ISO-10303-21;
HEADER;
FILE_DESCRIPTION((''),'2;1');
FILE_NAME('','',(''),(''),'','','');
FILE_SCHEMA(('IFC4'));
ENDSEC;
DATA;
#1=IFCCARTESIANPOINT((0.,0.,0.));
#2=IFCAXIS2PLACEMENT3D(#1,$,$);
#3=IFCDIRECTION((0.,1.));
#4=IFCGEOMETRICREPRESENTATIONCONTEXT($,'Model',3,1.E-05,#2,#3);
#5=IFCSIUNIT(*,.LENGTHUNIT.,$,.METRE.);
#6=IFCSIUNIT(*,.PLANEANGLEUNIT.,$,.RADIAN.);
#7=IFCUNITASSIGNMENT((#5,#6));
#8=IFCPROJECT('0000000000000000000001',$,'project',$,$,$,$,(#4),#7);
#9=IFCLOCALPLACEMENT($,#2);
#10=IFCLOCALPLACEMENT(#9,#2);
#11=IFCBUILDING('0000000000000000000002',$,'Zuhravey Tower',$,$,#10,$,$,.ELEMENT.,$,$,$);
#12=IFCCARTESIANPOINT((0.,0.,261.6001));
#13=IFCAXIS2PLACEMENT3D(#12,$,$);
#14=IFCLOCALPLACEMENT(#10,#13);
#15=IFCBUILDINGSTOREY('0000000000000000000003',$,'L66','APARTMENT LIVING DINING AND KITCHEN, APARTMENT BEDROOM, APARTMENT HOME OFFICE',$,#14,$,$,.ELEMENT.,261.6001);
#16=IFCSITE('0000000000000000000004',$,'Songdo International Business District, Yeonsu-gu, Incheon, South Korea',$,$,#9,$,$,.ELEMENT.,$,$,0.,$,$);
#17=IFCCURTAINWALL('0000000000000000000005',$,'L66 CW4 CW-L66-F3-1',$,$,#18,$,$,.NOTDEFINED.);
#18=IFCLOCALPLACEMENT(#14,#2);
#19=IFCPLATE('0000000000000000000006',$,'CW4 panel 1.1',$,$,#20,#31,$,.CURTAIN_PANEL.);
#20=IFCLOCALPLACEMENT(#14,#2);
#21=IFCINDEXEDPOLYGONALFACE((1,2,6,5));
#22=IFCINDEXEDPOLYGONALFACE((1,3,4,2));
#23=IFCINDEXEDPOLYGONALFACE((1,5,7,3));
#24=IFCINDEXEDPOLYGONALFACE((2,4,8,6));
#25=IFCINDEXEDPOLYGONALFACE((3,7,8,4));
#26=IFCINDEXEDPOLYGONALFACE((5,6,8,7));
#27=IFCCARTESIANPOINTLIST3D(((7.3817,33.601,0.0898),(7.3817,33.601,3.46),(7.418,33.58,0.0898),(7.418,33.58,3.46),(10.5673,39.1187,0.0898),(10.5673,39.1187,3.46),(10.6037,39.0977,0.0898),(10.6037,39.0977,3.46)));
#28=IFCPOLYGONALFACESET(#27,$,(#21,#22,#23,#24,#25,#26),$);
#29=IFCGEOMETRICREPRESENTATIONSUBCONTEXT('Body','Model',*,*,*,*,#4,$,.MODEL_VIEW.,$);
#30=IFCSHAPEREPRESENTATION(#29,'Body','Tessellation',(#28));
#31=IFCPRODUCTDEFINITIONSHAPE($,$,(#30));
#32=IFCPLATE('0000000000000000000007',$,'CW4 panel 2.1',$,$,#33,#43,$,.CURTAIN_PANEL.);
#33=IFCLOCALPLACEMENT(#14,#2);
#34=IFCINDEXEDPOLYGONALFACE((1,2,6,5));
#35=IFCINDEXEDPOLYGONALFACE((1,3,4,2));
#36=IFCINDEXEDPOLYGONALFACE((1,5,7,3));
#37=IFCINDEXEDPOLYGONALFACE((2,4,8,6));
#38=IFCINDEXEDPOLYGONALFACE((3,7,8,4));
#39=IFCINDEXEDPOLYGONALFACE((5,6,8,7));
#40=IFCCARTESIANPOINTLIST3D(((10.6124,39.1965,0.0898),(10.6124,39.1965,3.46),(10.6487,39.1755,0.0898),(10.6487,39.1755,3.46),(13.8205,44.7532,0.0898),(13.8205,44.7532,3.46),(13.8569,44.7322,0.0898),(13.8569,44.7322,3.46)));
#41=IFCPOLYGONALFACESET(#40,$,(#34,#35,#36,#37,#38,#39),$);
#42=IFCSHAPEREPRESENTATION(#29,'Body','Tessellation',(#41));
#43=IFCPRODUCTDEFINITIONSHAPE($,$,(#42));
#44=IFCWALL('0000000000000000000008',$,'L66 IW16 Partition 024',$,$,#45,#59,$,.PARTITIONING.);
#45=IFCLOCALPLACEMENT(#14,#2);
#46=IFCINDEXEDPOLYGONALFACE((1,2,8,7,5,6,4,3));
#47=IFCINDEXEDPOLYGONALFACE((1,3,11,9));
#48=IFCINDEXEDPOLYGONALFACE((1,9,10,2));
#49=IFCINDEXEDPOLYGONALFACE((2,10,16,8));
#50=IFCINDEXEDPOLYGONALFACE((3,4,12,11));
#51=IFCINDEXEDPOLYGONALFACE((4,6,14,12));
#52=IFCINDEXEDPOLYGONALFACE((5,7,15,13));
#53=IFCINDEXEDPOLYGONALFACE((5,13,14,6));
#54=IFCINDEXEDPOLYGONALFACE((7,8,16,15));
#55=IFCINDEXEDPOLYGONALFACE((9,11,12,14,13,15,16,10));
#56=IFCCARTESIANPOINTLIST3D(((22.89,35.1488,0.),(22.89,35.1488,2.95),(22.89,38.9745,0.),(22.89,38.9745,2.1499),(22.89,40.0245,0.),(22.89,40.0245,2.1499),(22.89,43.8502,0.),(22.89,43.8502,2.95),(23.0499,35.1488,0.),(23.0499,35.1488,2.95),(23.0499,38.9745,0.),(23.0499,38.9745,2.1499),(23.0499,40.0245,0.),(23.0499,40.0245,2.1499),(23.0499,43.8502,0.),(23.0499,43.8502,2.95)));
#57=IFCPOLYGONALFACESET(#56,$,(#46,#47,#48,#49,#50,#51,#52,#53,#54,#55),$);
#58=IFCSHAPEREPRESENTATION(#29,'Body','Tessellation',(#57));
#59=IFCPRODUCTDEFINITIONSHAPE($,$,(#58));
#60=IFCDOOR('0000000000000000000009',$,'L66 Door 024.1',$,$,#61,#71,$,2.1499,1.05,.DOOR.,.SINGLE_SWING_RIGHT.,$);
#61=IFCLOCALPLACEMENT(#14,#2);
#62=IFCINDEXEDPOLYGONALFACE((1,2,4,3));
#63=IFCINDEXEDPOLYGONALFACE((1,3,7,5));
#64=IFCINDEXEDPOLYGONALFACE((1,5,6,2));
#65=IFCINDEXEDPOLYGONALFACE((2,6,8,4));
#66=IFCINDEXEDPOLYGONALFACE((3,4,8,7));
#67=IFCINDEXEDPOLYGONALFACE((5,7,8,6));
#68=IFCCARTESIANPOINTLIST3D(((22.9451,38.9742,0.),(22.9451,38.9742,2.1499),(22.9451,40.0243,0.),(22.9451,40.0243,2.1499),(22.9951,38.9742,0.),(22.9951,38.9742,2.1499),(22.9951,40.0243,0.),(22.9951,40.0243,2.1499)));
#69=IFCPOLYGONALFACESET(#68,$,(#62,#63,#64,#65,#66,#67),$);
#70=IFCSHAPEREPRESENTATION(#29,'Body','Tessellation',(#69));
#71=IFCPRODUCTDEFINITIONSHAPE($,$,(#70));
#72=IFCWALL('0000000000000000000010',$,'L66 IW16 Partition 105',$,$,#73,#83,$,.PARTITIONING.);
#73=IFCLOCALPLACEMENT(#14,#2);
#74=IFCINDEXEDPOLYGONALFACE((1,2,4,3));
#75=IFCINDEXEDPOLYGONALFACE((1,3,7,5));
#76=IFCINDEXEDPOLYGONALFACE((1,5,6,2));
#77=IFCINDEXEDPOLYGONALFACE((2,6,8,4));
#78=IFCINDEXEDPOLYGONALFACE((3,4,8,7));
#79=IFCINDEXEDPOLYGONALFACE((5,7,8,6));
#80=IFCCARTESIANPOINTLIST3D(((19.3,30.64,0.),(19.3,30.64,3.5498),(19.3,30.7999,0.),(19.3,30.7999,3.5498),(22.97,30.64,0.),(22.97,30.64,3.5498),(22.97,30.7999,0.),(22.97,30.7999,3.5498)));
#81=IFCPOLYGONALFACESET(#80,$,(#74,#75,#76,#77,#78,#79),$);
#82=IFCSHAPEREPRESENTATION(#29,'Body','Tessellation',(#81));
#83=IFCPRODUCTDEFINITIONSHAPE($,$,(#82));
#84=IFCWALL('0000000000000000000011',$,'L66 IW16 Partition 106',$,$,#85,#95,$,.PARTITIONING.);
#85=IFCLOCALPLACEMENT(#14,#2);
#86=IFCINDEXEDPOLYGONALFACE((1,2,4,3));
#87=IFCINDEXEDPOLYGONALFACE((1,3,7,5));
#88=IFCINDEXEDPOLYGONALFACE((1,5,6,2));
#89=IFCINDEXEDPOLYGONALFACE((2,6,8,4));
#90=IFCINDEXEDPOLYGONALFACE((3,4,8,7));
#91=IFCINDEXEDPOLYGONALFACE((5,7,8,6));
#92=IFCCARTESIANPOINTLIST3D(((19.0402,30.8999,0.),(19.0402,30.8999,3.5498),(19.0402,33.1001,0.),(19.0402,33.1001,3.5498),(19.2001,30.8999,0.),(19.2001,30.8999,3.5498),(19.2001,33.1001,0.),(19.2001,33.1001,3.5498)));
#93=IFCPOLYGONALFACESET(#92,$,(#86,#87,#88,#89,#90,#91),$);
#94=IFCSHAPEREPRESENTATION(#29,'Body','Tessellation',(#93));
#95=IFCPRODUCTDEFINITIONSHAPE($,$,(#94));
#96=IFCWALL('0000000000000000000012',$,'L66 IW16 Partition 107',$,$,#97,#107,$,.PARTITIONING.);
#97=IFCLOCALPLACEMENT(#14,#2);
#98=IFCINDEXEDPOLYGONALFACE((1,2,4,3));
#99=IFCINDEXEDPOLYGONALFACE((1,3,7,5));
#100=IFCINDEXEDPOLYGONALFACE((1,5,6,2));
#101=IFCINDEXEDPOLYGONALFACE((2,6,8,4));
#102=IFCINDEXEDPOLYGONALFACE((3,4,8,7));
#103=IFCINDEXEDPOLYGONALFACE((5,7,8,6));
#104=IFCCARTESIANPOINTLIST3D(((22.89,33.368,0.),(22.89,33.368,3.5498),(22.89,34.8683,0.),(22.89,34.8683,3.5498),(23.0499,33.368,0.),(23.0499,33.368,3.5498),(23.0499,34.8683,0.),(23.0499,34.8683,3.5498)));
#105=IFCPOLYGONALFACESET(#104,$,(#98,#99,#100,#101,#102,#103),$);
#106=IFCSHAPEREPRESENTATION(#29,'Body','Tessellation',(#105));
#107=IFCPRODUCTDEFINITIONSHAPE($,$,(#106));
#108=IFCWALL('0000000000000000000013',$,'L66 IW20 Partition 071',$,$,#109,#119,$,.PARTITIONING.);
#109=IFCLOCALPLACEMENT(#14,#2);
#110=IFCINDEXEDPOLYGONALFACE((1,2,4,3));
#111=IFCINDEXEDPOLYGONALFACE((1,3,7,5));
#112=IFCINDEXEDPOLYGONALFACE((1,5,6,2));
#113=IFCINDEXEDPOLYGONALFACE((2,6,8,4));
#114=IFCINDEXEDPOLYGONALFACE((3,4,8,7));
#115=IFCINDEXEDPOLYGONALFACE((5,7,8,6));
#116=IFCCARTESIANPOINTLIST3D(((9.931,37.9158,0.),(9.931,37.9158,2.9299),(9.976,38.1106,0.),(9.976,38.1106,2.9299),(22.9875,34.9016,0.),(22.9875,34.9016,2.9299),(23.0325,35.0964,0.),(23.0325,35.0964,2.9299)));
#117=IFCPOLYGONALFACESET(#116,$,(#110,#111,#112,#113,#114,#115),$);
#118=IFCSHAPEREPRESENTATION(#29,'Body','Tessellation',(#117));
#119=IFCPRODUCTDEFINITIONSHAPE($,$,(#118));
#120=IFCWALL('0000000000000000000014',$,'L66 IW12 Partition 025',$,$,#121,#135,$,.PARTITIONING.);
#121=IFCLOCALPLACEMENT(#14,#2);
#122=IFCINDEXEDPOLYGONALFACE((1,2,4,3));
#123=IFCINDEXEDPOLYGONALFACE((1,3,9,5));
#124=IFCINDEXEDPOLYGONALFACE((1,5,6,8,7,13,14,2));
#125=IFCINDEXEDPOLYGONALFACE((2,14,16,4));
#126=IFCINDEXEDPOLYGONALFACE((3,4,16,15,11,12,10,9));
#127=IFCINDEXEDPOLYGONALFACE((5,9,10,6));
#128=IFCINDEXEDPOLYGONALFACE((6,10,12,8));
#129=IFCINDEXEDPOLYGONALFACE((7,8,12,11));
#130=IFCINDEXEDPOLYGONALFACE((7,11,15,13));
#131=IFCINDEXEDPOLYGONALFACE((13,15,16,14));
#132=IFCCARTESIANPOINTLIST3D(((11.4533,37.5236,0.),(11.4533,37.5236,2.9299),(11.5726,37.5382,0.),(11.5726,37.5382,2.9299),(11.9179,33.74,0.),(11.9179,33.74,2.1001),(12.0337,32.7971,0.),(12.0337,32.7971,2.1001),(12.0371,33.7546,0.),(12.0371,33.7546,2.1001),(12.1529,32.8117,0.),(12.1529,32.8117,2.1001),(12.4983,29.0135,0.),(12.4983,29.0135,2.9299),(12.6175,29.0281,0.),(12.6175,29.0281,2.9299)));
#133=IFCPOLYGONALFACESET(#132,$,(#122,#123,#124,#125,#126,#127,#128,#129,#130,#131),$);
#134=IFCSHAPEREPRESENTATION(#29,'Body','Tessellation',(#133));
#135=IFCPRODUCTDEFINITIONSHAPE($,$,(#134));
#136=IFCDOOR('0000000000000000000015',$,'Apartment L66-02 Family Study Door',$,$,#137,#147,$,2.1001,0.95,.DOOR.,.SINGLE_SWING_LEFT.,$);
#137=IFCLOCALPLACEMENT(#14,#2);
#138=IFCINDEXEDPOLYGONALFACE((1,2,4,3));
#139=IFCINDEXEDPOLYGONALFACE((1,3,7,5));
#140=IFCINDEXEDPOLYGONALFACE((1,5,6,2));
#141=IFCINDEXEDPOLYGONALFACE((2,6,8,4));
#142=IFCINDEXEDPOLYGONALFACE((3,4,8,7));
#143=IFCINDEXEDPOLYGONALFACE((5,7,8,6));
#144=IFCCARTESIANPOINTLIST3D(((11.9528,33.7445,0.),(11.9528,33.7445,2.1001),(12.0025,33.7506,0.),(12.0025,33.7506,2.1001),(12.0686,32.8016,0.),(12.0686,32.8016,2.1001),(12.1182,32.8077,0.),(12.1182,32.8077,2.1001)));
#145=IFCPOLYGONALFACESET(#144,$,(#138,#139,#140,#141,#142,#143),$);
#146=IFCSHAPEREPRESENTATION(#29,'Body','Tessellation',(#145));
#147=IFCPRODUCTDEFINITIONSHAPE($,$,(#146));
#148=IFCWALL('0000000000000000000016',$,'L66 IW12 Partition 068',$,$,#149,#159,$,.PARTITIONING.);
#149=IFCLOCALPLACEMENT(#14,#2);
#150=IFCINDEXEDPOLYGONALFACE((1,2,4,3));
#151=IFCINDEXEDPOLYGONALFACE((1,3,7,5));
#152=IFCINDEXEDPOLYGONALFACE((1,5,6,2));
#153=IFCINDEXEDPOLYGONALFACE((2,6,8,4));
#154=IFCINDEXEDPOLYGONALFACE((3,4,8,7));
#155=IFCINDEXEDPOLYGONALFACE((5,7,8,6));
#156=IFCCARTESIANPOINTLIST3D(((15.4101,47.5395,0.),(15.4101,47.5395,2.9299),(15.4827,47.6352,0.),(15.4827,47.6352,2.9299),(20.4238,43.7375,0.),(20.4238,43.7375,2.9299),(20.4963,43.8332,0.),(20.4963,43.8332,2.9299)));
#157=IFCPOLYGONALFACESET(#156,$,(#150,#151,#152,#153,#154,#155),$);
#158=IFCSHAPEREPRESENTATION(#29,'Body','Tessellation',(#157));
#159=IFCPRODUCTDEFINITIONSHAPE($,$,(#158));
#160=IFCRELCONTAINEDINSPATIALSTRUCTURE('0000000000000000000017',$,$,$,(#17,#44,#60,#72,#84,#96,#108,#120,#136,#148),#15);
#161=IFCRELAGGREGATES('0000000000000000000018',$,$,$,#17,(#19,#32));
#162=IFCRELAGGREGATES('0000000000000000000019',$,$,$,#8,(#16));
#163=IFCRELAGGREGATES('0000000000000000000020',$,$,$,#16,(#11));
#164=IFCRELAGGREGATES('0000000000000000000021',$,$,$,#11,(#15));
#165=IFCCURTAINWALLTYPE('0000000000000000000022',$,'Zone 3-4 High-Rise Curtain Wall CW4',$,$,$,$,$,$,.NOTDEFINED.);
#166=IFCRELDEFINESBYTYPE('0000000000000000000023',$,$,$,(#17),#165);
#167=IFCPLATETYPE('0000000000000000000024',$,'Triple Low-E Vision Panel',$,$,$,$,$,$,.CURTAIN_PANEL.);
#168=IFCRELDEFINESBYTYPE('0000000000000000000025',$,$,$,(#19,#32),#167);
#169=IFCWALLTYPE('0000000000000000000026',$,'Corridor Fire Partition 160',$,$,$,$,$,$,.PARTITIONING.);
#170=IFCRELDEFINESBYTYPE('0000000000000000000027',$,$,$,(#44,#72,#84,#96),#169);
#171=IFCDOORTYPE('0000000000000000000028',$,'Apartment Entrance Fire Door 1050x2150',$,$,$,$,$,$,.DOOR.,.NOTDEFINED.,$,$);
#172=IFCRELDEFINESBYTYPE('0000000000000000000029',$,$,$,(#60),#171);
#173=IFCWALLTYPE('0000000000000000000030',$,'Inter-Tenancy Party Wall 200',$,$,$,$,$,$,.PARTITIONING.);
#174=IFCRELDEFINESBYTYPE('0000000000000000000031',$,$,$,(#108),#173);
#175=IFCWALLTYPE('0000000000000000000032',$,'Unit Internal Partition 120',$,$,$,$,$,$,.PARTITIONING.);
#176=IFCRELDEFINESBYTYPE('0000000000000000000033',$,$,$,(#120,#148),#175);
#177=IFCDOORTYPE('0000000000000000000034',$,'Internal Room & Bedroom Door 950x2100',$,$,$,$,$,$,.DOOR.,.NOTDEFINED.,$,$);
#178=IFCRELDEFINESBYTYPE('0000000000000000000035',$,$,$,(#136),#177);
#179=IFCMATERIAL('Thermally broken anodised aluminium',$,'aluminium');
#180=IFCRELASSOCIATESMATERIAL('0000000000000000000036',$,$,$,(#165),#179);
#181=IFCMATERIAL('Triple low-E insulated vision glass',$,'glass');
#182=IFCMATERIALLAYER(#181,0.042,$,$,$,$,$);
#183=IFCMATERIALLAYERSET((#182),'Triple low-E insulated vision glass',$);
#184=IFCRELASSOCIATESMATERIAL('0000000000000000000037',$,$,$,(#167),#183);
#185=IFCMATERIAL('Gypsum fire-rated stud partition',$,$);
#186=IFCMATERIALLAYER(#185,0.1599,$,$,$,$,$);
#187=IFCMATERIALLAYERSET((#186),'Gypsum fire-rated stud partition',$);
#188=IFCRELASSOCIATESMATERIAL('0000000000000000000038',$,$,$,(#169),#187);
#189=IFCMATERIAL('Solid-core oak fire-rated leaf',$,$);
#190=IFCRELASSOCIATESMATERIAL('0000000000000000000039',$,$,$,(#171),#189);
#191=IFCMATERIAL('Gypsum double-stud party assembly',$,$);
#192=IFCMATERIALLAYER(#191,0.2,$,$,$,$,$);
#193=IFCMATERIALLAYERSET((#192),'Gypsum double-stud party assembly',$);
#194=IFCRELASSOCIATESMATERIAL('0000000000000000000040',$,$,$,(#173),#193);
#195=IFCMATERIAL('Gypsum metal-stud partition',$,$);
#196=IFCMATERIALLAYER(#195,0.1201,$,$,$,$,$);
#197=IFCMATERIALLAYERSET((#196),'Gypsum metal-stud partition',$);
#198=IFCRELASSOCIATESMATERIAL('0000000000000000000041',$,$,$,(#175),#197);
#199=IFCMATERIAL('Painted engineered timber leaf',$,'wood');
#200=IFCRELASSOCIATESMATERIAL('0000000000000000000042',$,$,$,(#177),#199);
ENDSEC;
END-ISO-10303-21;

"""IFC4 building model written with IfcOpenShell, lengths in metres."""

from ifc_helpers import new_model, si_unit, direction, frame, frame_2d, origin, origin_2d, place, context, subcontext, project, spatial, rectangle, extrude, material, layer, layer_set, type_object, element, fill, aggregate, save


model = new_model("IFC4")

# Units and contexts
model_context = context("Model", 3, precision=1e-05, world=origin(), true_north=direction((0.0, 1.0)))
body_context = subcontext(model_context, "Body", "Model", "MODEL_VIEW")
ifc_project = project(units=[si_unit("LENGTHUNIT", "METRE"), si_unit("PLANEANGLEUNIT", "RADIAN")], contexts=[model_context])

# Site, building, storey
site_placement = place(None, origin())
site = spatial("IfcSite", under=ifc_project, at=site_placement, Name="Songdo International Business District, Yeonsu-gu, Incheon, South Korea", CompositionType="ELEMENT", RefElevation=0.0)
building_placement = place(site_placement, origin())
building = spatial("IfcBuilding", under=site, at=building_placement, Name="Zuhravey Tower", CompositionType="ELEMENT")
storey_placement = place(building_placement, frame((0.0, 0.0, 261.6001)))
storey = spatial("IfcBuildingStorey", under=building, at=storey_placement, Name="L66", Description="APARTMENT LIVING DINING AND KITCHEN, APARTMENT BEDROOM, APARTMENT HOME OFFICE", CompositionType="ELEMENT", Elevation=261.6001)

# Shared definitions
ifc_material_1 = material(Name="Thermally broken anodised aluminium", Category="aluminium")
curtain_wall_type = type_object("IfcCurtainWallType", Name="Zone 3-4 High-Rise Curtain Wall CW4", PredefinedType="NOTDEFINED", material=ifc_material_1)

# Curtain wall
curtain_wall_1_placement = place(storey_placement, origin())
curtain_wall_1 = element("IfcCurtainWall", 1, at=curtain_wall_1_placement, inside=storey, type_object=curtain_wall_type, Name="L66 CW4 CW-L66-F3-1", PredefinedType="NOTDEFINED")

# Plates
ifc_material_2 = material(Name="Triple low-E insulated vision glass", Category="glass")
ifc_layer_1 = layer(ifc_material_2, 0.042)
ifc_layer_set_1 = layer_set([ifc_layer_1], Name="Triple low-E insulated vision glass")
plate_type_1 = type_object("IfcPlateType", Name="Triple Low-E Vision Panel", PredefinedType="CURTAIN_PANEL", material=ifc_layer_set_1)
plate_1_placement = place(storey_placement, frame((8.9927, 36.3494, 0.0898), z_axis=(0.0, 0.0, 1.0), x_axis=(0.500001, 0.866025, 0.0)))
plate_1 = element("IfcPlate", 2, at=plate_1_placement, type_object=plate_type_1, Name="CW4 panel 1.1", PredefinedType="CURTAIN_PANEL", context=body_context, shape_type="SweptSolid", body=[
    extrude(rectangle(XDim=6.3713, YDim=0.042, at=origin_2d()), origin(), (0.0, 0.0, 1.0), 3.3701),
])
plate_2_placement = place(storey_placement, frame((12.2346, 41.9644, 0.0898), z_axis=(0.0, 0.0, 1.0), x_axis=(0.500001, 0.866025, 0.0)))
plate_2 = element("IfcPlate", 3, at=plate_2_placement, type_object=plate_type_1, Name="CW4 panel 2.1", PredefinedType="CURTAIN_PANEL", context=body_context, shape_type="SweptSolid", body=[
    extrude(rectangle(XDim=6.4163, YDim=0.042, at=origin_2d()), origin(), (0.0, 0.0, 1.0), 3.3701),
])
aggregate(curtain_wall_1, [plate_1, plate_2])

# Wall, opening, door
ifc_material_3 = material(Name="Gypsum fire-rated stud partition")
ifc_layer_2 = layer(ifc_material_3, 0.1599)
ifc_layer_set_2 = layer_set([ifc_layer_2], Name="Gypsum fire-rated stud partition")
wall_type_1 = type_object("IfcWallType", Name="Corridor Fire Partition 160", PredefinedType="PARTITIONING", material=ifc_layer_set_2)
wall_1_placement = place(storey_placement, frame((22.97, 43.8501, 0.0), z_axis=(0.0, 0.0, 1.0), x_axis=(0.0, -1.0, 0.0)))
wall_1 = element("IfcWall", 4, at=wall_1_placement, inside=storey, type_object=wall_type_1, Name="L66 IW16 Partition 024", PredefinedType="PARTITIONING", context=body_context, shape_type="SweptSolid", body=[
    extrude(rectangle(XDim=8.7014, YDim=0.1599, at=frame_2d((4.3506, 0.0))), origin(), (0.0, 0.0, 1.0), 2.95),
])
opening_1_placement = place(wall_1_placement, frame((3.8257, 0.0, 0.0)))
opening_1 = element("IfcOpeningElement", 5, at=opening_1_placement, cuts=wall_1, PredefinedType="OPENING", context=body_context, shape_type="SweptSolid", body=[
    extrude(rectangle(XDim=1.05, YDim=2.1499, at=frame_2d((0.5249, 1.075))), frame((0.0, 0.092, 0.0), z_axis=(0.0, -1.0, 0.0), x_axis=(1.0, 0.0, 0.0)), (0.0, 0.0, 1.0), 0.1838),
])
ifc_material_4 = material(Name="Solid-core oak fire-rated leaf")
door_type_1 = type_object("IfcDoorType", Name="Apartment Entrance Fire Door 1050x2150", OperationType="NOTDEFINED", PredefinedType="DOOR", material=ifc_material_4)
door_1_placement = place(opening_1_placement, frame((1.05, 0.0, 0.0), z_axis=(0.0, 0.0, 1.0), x_axis=(-1.0, 0.0, 0.0)))
door_1 = element("IfcDoor", 6, at=door_1_placement, inside=storey, type_object=door_type_1, Name="L66 Door 024.1", OperationType="SINGLE_SWING_RIGHT", OverallHeight=2.1499, OverallWidth=1.05, PredefinedType="DOOR", context=body_context, shape_type="SweptSolid", body=[
    extrude(rectangle(XDim=1.05, YDim=2.1499, at=frame_2d((0.5249, 1.075))), frame((0.0, 0.0249, 0.0), z_axis=(0.0, -1.0, 0.0), x_axis=(1.0, 0.0, 0.0)), (0.0, 0.0, 1.0), 0.05),
])
fill(opening_1, door_1)

# Walls
wall_2_placement = place(storey_placement, frame((19.3, 30.72, 0.0), z_axis=(0.0, 0.0, 1.0), x_axis=(1.0, 0.0, 0.0)))
element("IfcWall", 7, at=wall_2_placement, inside=storey, type_object=wall_type_1, Name="L66 IW16 Partition 105", PredefinedType="PARTITIONING", context=body_context, shape_type="SweptSolid", body=[
    extrude(rectangle(XDim=3.6699, YDim=0.1599, at=frame_2d((1.835, 0.0))), origin(), (0.0, 0.0, 1.0), 3.5498),
])
wall_3_placement = place(storey_placement, frame((19.1201, 33.1001, 0.0), z_axis=(0.0, 0.0, 1.0), x_axis=(0.0, -1.0, 0.0)))
element("IfcWall", 8, at=wall_3_placement, inside=storey, type_object=wall_type_1, Name="L66 IW16 Partition 106", PredefinedType="PARTITIONING", context=body_context, shape_type="SweptSolid", body=[
    extrude(rectangle(XDim=2.2002, YDim=0.1599, at=frame_2d((1.1001, 0.0))), origin(), (0.0, 0.0, 1.0), 3.5498),
])
wall_4_placement = place(storey_placement, frame((22.97, 34.8682, 0.0), z_axis=(0.0, 0.0, 1.0), x_axis=(0.0, -1.0, 0.0)))
element("IfcWall", 9, at=wall_4_placement, inside=storey, type_object=wall_type_1, Name="L66 IW16 Partition 107", PredefinedType="PARTITIONING", context=body_context, shape_type="SweptSolid", body=[
    extrude(rectangle(XDim=1.5002, YDim=0.1599, at=frame_2d((0.75, 0.0))), origin(), (0.0, 0.0, 1.0), 3.5498),
])
ifc_material_5 = material(Name="Gypsum double-stud party assembly")
ifc_layer_3 = layer(ifc_material_5, 0.2)
ifc_layer_set_3 = layer_set([ifc_layer_3], Name="Gypsum double-stud party assembly")
wall_type_2 = type_object("IfcWallType", Name="Inter-Tenancy Party Wall 200", PredefinedType="PARTITIONING", material=ifc_layer_set_3)
wall_5_placement = place(storey_placement, frame((23.01, 34.999, 0.0), z_axis=(0.0, 0.0, 1.0), x_axis=(-0.974372, 0.224941, 0.0)))
element("IfcWall", 10, at=wall_5_placement, inside=storey, type_object=wall_type_2, Name="L66 IW20 Partition 071", PredefinedType="PARTITIONING", context=body_context, shape_type="SweptSolid", body=[
    extrude(rectangle(XDim=13.3999, YDim=0.2, at=frame_2d((6.7, 0.0))), origin(), (0.0, 0.0, 1.0), 2.9299),
])

# Wall, opening, door
ifc_material_6 = material(Name="Gypsum metal-stud partition")
ifc_layer_4 = layer(ifc_material_6, 0.1201)
ifc_layer_set_4 = layer_set([ifc_layer_4], Name="Gypsum metal-stud partition")
wall_type_3 = type_object("IfcWallType", Name="Unit Internal Partition 120", PredefinedType="PARTITIONING", material=ifc_layer_set_4)
wall_6_placement = place(storey_placement, frame((11.5129, 37.531, 0.0), z_axis=(0.0, 0.0, 1.0), x_axis=(0.121872, -0.992546, 0.0)))
wall_6 = element("IfcWall", 11, at=wall_6_placement, inside=storey, type_object=wall_type_3, Name="L66 IW12 Partition 025", PredefinedType="PARTITIONING", context=body_context, shape_type="SweptSolid", body=[
    extrude(rectangle(XDim=8.574, YDim=0.1201, at=frame_2d((4.2871, 0.0))), origin(), (0.0, 0.0, 1.0), 2.9299),
])
opening_2_placement = place(wall_6_placement, frame((3.812, 0.0, 0.0)))
opening_2 = element("IfcOpeningElement", 12, at=opening_2_placement, cuts=wall_6, PredefinedType="OPENING", context=body_context, shape_type="SweptSolid", body=[
    extrude(rectangle(XDim=0.95, YDim=2.1001, at=frame_2d((0.4751, 1.05))), frame((0.0, 0.072, 0.0), z_axis=(0.0, -1.0, 0.0), x_axis=(1.0, 0.0, 0.0)), (0.0, 0.0, 1.0), 0.144),
])
ifc_material_7 = material(Name="Painted engineered timber leaf", Category="wood")
door_type_2 = type_object("IfcDoorType", Name="Internal Room & Bedroom Door 950x2100", OperationType="NOTDEFINED", PredefinedType="DOOR", material=ifc_material_7)
door_2_placement = place(opening_2_placement, frame((0.95, 0.0, 0.0), z_axis=(0.0, 0.0, 1.0), x_axis=(-1.0, 0.0, 0.0)))
door_2 = element("IfcDoor", 13, at=door_2_placement, inside=storey, type_object=door_type_2, Name="Apartment L66-02 Family Study Door", OperationType="SINGLE_SWING_LEFT", OverallHeight=2.1001, OverallWidth=0.95, PredefinedType="DOOR", context=body_context, shape_type="SweptSolid", body=[
    extrude(rectangle(XDim=0.95, YDim=2.1001, at=frame_2d((0.4751, 1.05))), frame((0.0, 0.0249, 0.0), z_axis=(0.0, -1.0, 0.0), x_axis=(1.0, 0.0, 0.0)), (0.0, 0.0, 1.0), 0.05),
])
fill(opening_2, door_2)

# Wall
wall_7_placement = place(storey_placement, frame((20.46, 43.7854, 0.0), z_axis=(0.0, 0.0, 1.0), x_axis=(-0.796804, 0.604238, 0.0)))
element("IfcWall", 14, at=wall_7_placement, inside=storey, type_object=wall_type_3, Name="L66 IW12 Partition 068", PredefinedType="PARTITIONING", context=body_context, shape_type="SweptSolid", body=[
    extrude(rectangle(XDim=6.2922, YDim=0.1201, at=frame_2d((3.146, 0.0))), origin(), (0.0, 0.0, 1.0), 2.9299),
])

save(model, "model.ifc")
